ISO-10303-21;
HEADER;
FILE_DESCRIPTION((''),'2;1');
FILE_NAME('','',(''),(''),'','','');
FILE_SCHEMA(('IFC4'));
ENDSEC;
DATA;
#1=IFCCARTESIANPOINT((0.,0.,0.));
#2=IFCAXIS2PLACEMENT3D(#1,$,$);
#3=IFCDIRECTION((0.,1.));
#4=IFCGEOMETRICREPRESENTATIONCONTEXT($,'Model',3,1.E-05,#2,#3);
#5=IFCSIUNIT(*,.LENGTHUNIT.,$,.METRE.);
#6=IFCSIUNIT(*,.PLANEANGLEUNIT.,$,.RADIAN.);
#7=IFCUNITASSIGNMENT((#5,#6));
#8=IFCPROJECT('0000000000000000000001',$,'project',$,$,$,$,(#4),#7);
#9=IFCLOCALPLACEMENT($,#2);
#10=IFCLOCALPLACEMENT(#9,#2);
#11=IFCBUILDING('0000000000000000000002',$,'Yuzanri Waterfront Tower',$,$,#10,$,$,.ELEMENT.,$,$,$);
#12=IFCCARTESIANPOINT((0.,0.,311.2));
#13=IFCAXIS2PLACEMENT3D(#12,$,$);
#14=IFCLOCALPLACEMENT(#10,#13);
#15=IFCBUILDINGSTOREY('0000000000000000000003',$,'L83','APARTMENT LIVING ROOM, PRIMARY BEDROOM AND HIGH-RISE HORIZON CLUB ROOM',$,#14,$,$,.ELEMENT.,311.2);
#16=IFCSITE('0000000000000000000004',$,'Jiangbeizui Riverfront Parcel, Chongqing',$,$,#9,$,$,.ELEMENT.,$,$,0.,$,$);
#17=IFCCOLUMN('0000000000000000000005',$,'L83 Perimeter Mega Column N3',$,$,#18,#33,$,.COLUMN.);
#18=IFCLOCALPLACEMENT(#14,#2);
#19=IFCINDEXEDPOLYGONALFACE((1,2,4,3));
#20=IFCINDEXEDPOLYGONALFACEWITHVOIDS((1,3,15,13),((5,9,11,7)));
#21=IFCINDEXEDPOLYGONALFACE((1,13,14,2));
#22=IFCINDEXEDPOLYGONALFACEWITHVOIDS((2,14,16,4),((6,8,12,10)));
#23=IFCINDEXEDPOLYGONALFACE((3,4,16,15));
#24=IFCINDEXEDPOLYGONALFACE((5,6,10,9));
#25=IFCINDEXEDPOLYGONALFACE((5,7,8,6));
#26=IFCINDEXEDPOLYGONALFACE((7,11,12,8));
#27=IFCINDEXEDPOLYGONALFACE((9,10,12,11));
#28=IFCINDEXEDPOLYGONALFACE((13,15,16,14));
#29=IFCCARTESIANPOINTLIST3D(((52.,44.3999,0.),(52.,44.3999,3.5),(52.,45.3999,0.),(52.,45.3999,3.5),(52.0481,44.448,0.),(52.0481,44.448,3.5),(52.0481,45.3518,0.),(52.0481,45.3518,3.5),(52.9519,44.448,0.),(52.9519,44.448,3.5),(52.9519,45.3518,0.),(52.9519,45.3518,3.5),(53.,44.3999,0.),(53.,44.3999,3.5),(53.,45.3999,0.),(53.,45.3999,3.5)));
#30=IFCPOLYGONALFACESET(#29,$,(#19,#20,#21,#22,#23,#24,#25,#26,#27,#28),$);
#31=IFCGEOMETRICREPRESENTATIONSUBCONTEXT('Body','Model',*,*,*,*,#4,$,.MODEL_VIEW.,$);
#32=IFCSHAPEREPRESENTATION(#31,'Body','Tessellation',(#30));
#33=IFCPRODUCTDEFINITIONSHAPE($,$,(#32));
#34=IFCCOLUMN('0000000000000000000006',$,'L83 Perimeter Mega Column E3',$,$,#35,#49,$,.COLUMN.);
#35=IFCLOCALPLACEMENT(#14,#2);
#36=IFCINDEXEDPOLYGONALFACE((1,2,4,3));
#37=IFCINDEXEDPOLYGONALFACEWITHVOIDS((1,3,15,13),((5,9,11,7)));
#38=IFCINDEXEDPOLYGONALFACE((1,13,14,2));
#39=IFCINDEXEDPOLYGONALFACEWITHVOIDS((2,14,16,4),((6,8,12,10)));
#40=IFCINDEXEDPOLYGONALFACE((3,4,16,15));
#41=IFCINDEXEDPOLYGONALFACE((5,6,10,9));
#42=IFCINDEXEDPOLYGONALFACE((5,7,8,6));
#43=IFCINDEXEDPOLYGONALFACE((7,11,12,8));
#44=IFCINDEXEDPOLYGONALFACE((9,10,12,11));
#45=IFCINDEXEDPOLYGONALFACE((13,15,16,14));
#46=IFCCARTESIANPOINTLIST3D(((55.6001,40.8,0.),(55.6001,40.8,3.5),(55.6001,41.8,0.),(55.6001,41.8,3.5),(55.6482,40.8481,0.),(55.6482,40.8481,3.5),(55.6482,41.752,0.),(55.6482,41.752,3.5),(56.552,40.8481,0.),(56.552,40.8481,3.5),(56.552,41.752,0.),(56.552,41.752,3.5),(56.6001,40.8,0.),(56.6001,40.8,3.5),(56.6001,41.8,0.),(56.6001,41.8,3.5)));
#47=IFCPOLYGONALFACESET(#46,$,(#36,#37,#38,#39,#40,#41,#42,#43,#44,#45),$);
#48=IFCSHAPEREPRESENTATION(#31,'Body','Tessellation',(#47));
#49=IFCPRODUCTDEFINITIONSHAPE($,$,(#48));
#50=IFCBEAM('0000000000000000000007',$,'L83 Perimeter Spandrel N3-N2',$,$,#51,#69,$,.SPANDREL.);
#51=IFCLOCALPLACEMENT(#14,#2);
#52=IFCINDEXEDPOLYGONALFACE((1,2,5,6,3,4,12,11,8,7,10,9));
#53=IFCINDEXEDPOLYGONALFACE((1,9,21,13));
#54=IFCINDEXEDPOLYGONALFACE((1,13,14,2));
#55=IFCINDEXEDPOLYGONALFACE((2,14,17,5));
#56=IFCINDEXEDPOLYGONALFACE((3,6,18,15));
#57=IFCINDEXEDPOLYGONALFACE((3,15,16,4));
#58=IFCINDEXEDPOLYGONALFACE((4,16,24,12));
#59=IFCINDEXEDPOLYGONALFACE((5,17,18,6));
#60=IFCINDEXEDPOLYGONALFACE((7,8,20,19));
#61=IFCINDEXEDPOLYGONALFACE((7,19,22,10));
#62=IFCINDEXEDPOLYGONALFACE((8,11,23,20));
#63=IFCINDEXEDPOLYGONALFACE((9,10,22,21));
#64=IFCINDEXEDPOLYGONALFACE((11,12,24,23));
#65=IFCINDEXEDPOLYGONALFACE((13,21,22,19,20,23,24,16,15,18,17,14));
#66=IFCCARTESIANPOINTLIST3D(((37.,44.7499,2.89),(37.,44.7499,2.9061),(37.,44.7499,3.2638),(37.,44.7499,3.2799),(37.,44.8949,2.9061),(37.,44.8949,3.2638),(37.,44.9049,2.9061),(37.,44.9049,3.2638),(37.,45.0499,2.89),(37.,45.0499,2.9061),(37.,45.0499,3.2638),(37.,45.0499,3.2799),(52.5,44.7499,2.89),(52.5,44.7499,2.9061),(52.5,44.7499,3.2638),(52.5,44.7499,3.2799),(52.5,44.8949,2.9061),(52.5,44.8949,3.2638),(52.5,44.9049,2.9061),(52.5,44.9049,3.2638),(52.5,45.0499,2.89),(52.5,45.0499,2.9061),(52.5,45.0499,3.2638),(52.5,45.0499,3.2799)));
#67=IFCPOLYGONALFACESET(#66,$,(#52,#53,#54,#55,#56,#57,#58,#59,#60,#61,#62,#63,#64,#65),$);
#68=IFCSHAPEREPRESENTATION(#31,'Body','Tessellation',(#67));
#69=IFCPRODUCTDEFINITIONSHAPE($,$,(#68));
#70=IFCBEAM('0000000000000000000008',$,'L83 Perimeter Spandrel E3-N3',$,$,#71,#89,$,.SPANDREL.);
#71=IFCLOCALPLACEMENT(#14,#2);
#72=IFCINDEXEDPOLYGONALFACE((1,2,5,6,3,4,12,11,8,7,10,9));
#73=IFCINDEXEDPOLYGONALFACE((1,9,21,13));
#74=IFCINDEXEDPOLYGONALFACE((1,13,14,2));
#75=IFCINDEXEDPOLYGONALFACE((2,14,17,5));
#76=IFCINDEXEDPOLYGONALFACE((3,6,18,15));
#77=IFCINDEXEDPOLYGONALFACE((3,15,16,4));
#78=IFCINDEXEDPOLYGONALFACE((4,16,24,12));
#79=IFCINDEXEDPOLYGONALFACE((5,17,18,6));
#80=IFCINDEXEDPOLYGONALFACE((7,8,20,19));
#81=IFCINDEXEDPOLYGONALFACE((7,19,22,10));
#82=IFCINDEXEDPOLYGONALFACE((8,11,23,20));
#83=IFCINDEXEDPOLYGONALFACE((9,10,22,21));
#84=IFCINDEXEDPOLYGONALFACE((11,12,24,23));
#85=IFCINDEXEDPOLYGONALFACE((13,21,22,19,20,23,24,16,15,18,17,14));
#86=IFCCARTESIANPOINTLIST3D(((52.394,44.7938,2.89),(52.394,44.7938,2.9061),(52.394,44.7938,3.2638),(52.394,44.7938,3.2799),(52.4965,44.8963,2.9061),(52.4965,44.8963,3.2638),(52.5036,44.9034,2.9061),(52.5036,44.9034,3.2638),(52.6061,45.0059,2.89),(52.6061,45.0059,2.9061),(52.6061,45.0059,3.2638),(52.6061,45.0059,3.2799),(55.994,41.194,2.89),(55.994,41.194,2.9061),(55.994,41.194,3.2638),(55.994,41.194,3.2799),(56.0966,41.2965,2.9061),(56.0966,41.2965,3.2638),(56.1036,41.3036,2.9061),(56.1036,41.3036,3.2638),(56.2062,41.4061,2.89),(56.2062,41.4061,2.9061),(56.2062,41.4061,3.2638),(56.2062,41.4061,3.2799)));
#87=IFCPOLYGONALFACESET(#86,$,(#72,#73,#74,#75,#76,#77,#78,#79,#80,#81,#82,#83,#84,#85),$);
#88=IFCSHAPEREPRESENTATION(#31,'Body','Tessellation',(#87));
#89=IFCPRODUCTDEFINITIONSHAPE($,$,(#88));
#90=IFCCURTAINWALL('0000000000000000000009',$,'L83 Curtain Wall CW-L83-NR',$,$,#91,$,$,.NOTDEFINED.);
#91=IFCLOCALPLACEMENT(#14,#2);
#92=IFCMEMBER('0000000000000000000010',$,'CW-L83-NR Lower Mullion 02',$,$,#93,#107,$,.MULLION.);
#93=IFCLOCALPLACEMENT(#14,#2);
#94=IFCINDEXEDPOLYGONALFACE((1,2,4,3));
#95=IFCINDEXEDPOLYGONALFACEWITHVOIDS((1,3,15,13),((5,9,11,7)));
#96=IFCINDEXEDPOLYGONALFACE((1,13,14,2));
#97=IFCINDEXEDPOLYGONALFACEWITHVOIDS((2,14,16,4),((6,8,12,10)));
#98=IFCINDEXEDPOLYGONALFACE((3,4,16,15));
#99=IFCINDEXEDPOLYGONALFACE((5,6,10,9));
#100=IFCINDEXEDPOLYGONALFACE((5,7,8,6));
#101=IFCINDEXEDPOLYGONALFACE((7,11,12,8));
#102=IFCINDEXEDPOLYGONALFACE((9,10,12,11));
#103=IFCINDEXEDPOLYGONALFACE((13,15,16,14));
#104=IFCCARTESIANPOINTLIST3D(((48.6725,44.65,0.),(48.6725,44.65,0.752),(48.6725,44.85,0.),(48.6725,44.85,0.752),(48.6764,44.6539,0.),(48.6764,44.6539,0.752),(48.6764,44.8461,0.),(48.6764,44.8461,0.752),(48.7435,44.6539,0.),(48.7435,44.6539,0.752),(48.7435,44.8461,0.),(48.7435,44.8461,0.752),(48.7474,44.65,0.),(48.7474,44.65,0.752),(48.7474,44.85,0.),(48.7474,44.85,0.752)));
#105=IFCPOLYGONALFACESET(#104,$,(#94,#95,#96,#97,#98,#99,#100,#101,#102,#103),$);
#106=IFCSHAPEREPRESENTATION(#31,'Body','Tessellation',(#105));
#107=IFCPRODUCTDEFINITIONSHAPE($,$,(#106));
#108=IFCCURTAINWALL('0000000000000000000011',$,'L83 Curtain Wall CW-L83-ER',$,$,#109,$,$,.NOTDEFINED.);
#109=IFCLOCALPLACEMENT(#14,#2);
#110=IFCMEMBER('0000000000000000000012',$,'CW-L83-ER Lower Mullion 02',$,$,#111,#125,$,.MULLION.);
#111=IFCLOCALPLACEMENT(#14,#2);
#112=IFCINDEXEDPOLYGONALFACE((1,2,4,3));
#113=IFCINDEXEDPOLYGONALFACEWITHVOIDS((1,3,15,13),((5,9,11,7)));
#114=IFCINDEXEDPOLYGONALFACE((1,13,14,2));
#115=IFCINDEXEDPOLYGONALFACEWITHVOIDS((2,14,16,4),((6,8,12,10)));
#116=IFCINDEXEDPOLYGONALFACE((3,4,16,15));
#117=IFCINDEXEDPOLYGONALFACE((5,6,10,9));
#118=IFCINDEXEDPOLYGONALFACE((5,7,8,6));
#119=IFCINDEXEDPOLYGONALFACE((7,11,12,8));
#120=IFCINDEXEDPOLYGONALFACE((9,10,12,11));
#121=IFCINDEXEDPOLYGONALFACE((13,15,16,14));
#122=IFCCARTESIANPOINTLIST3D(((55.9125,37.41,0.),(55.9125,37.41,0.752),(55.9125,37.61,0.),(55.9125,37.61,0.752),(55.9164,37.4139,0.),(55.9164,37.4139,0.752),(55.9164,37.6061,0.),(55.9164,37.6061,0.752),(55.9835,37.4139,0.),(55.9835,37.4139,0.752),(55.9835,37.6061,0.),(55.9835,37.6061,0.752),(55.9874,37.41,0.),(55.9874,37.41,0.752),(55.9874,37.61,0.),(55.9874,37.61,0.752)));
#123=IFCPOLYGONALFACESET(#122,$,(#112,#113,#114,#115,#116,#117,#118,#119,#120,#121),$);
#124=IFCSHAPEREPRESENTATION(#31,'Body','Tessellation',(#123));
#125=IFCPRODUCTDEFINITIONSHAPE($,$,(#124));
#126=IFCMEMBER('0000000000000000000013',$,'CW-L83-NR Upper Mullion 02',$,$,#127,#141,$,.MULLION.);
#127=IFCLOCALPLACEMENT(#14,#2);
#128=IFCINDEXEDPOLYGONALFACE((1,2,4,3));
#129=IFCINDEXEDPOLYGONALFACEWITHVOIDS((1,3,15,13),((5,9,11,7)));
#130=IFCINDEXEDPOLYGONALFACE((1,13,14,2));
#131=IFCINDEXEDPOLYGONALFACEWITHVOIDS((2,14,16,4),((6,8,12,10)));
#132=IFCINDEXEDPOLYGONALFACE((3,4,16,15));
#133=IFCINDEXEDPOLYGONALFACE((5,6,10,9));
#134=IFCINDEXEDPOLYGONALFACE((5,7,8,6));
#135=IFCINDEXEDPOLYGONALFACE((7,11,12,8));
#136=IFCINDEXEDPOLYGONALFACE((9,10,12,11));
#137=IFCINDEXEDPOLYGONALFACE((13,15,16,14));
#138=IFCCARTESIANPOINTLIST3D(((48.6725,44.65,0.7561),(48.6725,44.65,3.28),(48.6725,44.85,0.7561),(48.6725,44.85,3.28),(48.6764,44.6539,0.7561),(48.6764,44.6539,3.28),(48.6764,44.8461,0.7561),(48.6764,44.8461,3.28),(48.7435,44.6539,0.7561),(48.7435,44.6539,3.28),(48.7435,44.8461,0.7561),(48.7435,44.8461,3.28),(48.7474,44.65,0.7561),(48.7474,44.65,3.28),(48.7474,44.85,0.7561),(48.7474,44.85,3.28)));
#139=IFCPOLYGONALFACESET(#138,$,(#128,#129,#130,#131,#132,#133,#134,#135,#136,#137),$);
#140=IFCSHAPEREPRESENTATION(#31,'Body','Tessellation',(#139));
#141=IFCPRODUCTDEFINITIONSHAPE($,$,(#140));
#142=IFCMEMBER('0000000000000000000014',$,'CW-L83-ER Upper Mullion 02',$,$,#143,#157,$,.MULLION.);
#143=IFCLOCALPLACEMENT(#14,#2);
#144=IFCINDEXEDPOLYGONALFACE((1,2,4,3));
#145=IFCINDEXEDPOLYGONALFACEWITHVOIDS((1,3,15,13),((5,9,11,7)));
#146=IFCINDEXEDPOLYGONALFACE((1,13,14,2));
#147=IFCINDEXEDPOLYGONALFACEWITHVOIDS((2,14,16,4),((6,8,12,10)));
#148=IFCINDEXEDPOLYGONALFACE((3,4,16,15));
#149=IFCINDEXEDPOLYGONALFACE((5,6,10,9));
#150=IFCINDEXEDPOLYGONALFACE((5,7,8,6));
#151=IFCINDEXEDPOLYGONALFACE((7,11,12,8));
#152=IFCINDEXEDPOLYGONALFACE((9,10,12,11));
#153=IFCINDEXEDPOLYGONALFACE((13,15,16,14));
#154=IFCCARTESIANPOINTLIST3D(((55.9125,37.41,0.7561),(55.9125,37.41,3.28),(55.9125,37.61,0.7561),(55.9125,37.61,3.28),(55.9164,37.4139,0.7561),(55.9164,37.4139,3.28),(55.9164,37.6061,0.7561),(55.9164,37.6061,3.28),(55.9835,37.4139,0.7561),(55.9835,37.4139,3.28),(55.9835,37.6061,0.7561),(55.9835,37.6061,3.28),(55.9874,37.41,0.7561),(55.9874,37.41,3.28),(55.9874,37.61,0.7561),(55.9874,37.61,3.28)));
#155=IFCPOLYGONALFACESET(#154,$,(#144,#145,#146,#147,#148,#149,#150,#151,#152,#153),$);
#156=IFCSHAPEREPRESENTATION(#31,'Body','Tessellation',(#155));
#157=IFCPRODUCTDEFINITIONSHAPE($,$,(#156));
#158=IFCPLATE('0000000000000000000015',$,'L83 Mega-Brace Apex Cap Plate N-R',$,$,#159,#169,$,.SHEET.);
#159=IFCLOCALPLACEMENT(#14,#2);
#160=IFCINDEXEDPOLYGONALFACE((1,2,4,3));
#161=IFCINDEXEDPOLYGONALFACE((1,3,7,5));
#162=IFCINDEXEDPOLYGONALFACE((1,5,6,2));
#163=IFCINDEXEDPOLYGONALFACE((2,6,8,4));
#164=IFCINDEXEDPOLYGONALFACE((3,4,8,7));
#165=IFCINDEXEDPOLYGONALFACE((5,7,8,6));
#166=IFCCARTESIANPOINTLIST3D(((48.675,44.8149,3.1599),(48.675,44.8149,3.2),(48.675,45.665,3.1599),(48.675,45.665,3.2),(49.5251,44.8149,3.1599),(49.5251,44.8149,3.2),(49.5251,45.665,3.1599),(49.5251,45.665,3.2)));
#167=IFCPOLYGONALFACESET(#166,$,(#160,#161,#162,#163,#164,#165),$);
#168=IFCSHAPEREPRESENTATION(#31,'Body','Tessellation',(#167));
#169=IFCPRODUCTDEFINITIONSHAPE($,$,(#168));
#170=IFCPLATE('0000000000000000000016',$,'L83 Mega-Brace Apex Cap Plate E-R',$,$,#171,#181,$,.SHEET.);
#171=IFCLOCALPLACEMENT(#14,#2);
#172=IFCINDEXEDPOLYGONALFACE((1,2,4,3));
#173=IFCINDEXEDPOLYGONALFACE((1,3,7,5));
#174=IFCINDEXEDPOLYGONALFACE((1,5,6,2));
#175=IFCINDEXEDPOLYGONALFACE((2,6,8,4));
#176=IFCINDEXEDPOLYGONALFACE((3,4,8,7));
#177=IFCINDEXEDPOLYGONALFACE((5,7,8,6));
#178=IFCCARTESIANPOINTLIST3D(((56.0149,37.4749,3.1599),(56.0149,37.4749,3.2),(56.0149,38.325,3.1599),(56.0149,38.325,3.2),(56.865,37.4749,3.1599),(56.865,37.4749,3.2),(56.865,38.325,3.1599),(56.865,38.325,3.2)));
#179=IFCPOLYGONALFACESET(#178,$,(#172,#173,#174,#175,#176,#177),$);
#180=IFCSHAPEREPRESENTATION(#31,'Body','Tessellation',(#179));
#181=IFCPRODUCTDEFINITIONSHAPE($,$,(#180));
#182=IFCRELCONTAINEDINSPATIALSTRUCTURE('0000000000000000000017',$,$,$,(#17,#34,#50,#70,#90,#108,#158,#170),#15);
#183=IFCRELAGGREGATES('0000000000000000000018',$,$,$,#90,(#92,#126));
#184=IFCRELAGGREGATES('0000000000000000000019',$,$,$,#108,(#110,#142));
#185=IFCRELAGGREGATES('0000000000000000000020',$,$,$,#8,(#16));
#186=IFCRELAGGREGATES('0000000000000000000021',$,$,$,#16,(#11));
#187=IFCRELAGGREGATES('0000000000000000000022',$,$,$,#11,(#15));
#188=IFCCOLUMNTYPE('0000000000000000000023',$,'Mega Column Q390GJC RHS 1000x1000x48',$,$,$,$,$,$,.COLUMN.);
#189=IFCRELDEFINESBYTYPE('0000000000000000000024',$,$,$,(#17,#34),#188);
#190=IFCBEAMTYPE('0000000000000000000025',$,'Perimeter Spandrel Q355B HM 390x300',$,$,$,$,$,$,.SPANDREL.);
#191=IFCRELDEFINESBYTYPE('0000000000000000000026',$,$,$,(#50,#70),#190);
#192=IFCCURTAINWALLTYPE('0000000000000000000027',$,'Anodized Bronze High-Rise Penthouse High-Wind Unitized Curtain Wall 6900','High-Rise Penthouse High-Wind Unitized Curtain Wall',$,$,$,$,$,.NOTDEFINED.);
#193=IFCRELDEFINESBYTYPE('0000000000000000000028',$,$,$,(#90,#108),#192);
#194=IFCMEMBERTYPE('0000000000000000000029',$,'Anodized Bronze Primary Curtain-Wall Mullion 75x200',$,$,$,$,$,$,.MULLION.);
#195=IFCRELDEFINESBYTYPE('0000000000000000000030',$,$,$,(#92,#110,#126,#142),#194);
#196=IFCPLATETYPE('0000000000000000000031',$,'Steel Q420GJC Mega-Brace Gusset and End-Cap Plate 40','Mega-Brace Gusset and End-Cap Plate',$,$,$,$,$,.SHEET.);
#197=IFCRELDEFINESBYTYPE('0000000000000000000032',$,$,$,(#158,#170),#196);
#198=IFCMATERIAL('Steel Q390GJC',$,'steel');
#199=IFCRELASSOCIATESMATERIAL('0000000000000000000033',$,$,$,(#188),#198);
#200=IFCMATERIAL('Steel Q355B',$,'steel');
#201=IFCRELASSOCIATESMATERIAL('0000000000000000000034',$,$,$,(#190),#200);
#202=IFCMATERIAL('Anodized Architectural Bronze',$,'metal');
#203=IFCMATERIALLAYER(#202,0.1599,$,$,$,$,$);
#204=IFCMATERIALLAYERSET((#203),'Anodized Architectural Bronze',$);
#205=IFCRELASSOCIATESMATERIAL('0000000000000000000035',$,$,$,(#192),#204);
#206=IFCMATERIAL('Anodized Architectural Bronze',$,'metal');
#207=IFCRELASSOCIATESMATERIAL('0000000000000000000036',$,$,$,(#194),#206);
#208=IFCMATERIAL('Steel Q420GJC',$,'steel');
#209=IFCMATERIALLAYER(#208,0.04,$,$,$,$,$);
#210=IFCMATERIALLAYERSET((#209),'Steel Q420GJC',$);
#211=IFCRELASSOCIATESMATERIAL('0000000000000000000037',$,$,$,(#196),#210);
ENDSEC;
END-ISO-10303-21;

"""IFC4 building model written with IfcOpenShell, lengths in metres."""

from ifc_helpers import new_model, si_unit, direction, frame, origin, origin_2d, place, context, subcontext, project, spatial, rectangle, hollow_rectangle, i_section, extrude, source, transform, mapped, material, layer, layer_set, material_profile, profile_set, type_object, element, aggregate, save


model = new_model("IFC4")

# Units and contexts
model_context = context("Model", 3, precision=1e-05, world=origin(), true_north=direction((0.0, 1.0)))
body_context = subcontext(model_context, "Body", "Model", "MODEL_VIEW")
ifc_project = project(units=[si_unit("LENGTHUNIT", "METRE"), si_unit("PLANEANGLEUNIT", "RADIAN")], contexts=[model_context])

# Site, building, storey
site_placement = place(None, origin())
site = spatial("IfcSite", under=ifc_project, at=site_placement, Name="Jiangbeizui Riverfront Parcel, Chongqing", CompositionType="ELEMENT", RefElevation=0.0)
building_placement = place(site_placement, origin())
building = spatial("IfcBuilding", under=site, at=building_placement, Name="Yuzanri Waterfront Tower", CompositionType="ELEMENT")
storey_placement = place(building_placement, frame((0.0, 0.0, 311.2)))
storey = spatial("IfcBuildingStorey", under=building, at=storey_placement, Name="L83", Description="APARTMENT LIVING ROOM, PRIMARY BEDROOM AND HIGH-RISE HORIZON CLUB ROOM", CompositionType="ELEMENT", Elevation=311.2)

# Columns
ifc_material_1 = material(Name="Steel Q390GJC", Category="steel")
ifc_material_profile_1 = material_profile(ifc_material_1, hollow_rectangle(XDim=1.0, YDim=1.0, WallThickness=0.0481, at=origin_2d()), Name="RHS 1000x1000x48")
ifc_profile_set_1 = profile_set([ifc_material_profile_1], Name="Steel Q390GJC")
column_type = type_object("IfcColumnType", Name="Mega Column Q390GJC RHS 1000x1000x48", PredefinedType="COLUMN", material=ifc_profile_set_1)
shared_shape_1 = source(origin(), body_context, "Body", "SweptSolid", [
    extrude(hollow_rectangle(XDim=1.0, YDim=1.0, WallThickness=0.0481, at=origin_2d()), origin(), (0.0, 0.0, 1.0), 3.5),
])
for number, where, z_axis, x_axis, name in (
    (1, (52.5, 44.8999, 0.0), (0.0, 0.0, 1.0), (1.0, 0.0, 0.0), "L83 Perimeter Mega Column N3"),
    (2, (56.1001, 41.3, 0.0), (0.0, 0.0, 1.0), (1.0, 0.0, 0.0), "L83 Perimeter Mega Column E3"),
):
    element("IfcColumn", number, at=place(storey_placement, frame(where, z_axis=z_axis, x_axis=x_axis)), inside=storey, type_object=column_type, Name=name, PredefinedType="COLUMN", context=body_context, shape_type="MappedRepresentation", body=[
        mapped(shared_shape_1, transform((0.0, 0.0, 0.0), scale=1.0)),
    ])

# Beams
ifc_material_2 = material(Name="Steel Q355B", Category="steel")
ifc_material_profile_2 = material_profile(ifc_material_2, i_section(OverallWidth=0.3, OverallDepth=0.3899, WebThickness=0.01, FlangeThickness=0.0161, at=origin_2d()), Name="HM 390x300x10x16")
ifc_profile_set_2 = profile_set([ifc_material_profile_2], Name="Steel Q355B")
beam_type = type_object("IfcBeamType", Name="Perimeter Spandrel Q355B HM 390x300", PredefinedType="SPANDREL", material=ifc_profile_set_2)
shared_shape_2 = source(origin(), body_context, "Body", "SweptSolid", [
    extrude(i_section(OverallWidth=0.3, OverallDepth=0.3899, WebThickness=0.01, FlangeThickness=0.0161, at=origin_2d()), origin(), (0.0, 0.0, 1.0), 15.5),
])
beam_1_placement = place(storey_placement, frame((52.5, 44.8999, 3.085), z_axis=(-1.0, 0.0, 0.0), x_axis=(0.0, -1.0, 0.0)))
element("IfcBeam", 3, at=beam_1_placement, inside=storey, type_object=beam_type, Name="L83 Perimeter Spandrel N3-N2", PredefinedType="SPANDREL", context=body_context, shape_type="MappedRepresentation", body=[
    mapped(shared_shape_2, transform((0.0, 0.0, 0.0), scale=1.0)),
])
shared_shape_3 = source(origin(), body_context, "Body", "SweptSolid", [
    extrude(i_section(OverallWidth=0.3, OverallDepth=0.3899, WebThickness=0.01, FlangeThickness=0.0161, at=origin_2d()), origin(), (0.0, 0.0, 1.0), 5.0911),
])
beam_2_placement = place(storey_placement, frame((56.1001, 41.3, 3.085), z_axis=(-0.707131, 0.707083, 0.0), x_axis=(-0.707083, -0.707131, 0.0)))
element("IfcBeam", 4, at=beam_2_placement, inside=storey, type_object=beam_type, Name="L83 Perimeter Spandrel E3-N3", PredefinedType="SPANDREL", context=body_context, shape_type="MappedRepresentation", body=[
    mapped(shared_shape_3, transform((0.0, 0.0, 0.0), scale=1.0)),
])

# Curtain walls, members
ifc_material_3 = material(Name="Anodized Architectural Bronze", Category="metal")
ifc_layer_1 = layer(ifc_material_3, 0.1599)
ifc_layer_set_1 = layer_set([ifc_layer_1], Name="Anodized Architectural Bronze")
curtain_wall_type = type_object("IfcCurtainWallType", Name="Anodized Bronze High-Rise Penthouse High-Wind Unitized Curtain Wall 6900", Description="High-Rise Penthouse High-Wind Unitized Curtain Wall", PredefinedType="NOTDEFINED", material=ifc_layer_set_1)
curtain_wall_1_placement = place(storey_placement, origin())
curtain_wall_1 = element("IfcCurtainWall", 5, at=curtain_wall_1_placement, inside=storey, type_object=curtain_wall_type, Name="L83 Curtain Wall CW-L83-NR", PredefinedType="NOTDEFINED")
ifc_material_4 = material(Name="Anodized Architectural Bronze", Category="metal")
ifc_material_profile_3 = material_profile(ifc_material_4, hollow_rectangle(XDim=0.075, YDim=0.2, WallThickness=0.0039, at=origin_2d()), Name="CWM 75x200")
ifc_profile_set_3 = profile_set([ifc_material_profile_3], Name="Anodized Architectural Bronze")
member_type = type_object("IfcMemberType", Name="Anodized Bronze Primary Curtain-Wall Mullion 75x200", PredefinedType="MULLION", material=ifc_profile_set_3)
shared_shape_4 = source(origin(), body_context, "Body", "SweptSolid", [
    extrude(hollow_rectangle(XDim=0.075, YDim=0.2, WallThickness=0.0039, at=origin_2d()), origin(), (0.0, 0.0, 1.0), 0.752),
])
member_1_placement = place(storey_placement, frame((48.71, 44.75, 0.0), z_axis=(0.0, 0.0, 1.0), x_axis=(1.0, 0.0, 0.0)))
member_1 = element("IfcMember", 6, at=member_1_placement, type_object=member_type, Name="CW-L83-NR Lower Mullion 02", PredefinedType="MULLION", context=body_context, shape_type="MappedRepresentation", body=[
    mapped(shared_shape_4, transform((0.0, 0.0, 0.0), scale=1.0)),
])
curtain_wall_2_placement = place(storey_placement, origin())
curtain_wall_2 = element("IfcCurtainWall", 7, at=curtain_wall_2_placement, inside=storey, type_object=curtain_wall_type, Name="L83 Curtain Wall CW-L83-ER", PredefinedType="NOTDEFINED")
member_2_placement = place(storey_placement, frame((55.95, 37.51, 0.0), z_axis=(0.0, 0.0, 1.0), x_axis=(1.0, 0.0, 0.0)))
member_2 = element("IfcMember", 8, at=member_2_placement, type_object=member_type, Name="CW-L83-ER Lower Mullion 02", PredefinedType="MULLION", context=body_context, shape_type="MappedRepresentation", body=[
    mapped(shared_shape_4, transform((0.0, 0.0, 0.0), scale=1.0)),
])

# Members
shared_shape_5 = source(origin(), body_context, "Body", "SweptSolid", [
    extrude(hollow_rectangle(XDim=0.075, YDim=0.2, WallThickness=0.0039, at=origin_2d()), origin(), (0.0, 0.0, 1.0), 2.5239),
])
member_3_placement = place(storey_placement, frame((48.71, 44.75, 0.7561), z_axis=(0.0, 0.0, 1.0), x_axis=(1.0, 0.0, 0.0)))
member_3 = element("IfcMember", 9, at=member_3_placement, type_object=member_type, Name="CW-L83-NR Upper Mullion 02", PredefinedType="MULLION", context=body_context, shape_type="MappedRepresentation", body=[
    mapped(shared_shape_5, transform((0.0, 0.0, 0.0), scale=1.0)),
])
aggregate(curtain_wall_1, [member_1, member_3])
member_4_placement = place(storey_placement, frame((55.95, 37.51, 0.7561), z_axis=(0.0, 0.0, 1.0), x_axis=(1.0, 0.0, 0.0)))
member_4 = element("IfcMember", 10, at=member_4_placement, type_object=member_type, Name="CW-L83-ER Upper Mullion 02", PredefinedType="MULLION", context=body_context, shape_type="MappedRepresentation", body=[
    mapped(shared_shape_5, transform((0.0, 0.0, 0.0), scale=1.0)),
])

# Plates
ifc_material_5 = material(Name="Steel Q420GJC", Category="steel")
ifc_layer_2 = layer(ifc_material_5, 0.04)
ifc_layer_set_2 = layer_set([ifc_layer_2], Name="Steel Q420GJC")
plate_type_1 = type_object("IfcPlateType", Name="Steel Q420GJC Mega-Brace Gusset and End-Cap Plate 40", Description="Mega-Brace Gusset and End-Cap Plate", PredefinedType="SHEET", material=ifc_layer_set_2)
shared_shape_6 = source(origin(), body_context, "Body", "SweptSolid", [
    extrude(rectangle(XDim=0.8501, YDim=0.8501, at=origin_2d()), origin(), (0.0, 0.0, 1.0), 0.04),
])
for number, where, z_axis, x_axis, name in (
    (11, (49.1001, 45.24, 3.1599), (0.0, 0.0, 1.0), (1.0, 0.0, 0.0), "L83 Mega-Brace Apex Cap Plate N-R"),
    (12, (56.4399, 37.8999, 3.1599), (0.0, 0.0, 1.0), (1.0, 0.0, 0.0), "L83 Mega-Brace Apex Cap Plate E-R"),
):
    element("IfcPlate", number, at=place(storey_placement, frame(where, z_axis=z_axis, x_axis=x_axis)), inside=storey, type_object=plate_type_1, Name=name, PredefinedType="SHEET", context=body_context, shape_type="MappedRepresentation", body=[
        mapped(shared_shape_6, transform((0.0, 0.0, 0.0), scale=1.0)),
    ])

aggregate(curtain_wall_2, [member_2, member_4])

save(model, "model.ifc")
